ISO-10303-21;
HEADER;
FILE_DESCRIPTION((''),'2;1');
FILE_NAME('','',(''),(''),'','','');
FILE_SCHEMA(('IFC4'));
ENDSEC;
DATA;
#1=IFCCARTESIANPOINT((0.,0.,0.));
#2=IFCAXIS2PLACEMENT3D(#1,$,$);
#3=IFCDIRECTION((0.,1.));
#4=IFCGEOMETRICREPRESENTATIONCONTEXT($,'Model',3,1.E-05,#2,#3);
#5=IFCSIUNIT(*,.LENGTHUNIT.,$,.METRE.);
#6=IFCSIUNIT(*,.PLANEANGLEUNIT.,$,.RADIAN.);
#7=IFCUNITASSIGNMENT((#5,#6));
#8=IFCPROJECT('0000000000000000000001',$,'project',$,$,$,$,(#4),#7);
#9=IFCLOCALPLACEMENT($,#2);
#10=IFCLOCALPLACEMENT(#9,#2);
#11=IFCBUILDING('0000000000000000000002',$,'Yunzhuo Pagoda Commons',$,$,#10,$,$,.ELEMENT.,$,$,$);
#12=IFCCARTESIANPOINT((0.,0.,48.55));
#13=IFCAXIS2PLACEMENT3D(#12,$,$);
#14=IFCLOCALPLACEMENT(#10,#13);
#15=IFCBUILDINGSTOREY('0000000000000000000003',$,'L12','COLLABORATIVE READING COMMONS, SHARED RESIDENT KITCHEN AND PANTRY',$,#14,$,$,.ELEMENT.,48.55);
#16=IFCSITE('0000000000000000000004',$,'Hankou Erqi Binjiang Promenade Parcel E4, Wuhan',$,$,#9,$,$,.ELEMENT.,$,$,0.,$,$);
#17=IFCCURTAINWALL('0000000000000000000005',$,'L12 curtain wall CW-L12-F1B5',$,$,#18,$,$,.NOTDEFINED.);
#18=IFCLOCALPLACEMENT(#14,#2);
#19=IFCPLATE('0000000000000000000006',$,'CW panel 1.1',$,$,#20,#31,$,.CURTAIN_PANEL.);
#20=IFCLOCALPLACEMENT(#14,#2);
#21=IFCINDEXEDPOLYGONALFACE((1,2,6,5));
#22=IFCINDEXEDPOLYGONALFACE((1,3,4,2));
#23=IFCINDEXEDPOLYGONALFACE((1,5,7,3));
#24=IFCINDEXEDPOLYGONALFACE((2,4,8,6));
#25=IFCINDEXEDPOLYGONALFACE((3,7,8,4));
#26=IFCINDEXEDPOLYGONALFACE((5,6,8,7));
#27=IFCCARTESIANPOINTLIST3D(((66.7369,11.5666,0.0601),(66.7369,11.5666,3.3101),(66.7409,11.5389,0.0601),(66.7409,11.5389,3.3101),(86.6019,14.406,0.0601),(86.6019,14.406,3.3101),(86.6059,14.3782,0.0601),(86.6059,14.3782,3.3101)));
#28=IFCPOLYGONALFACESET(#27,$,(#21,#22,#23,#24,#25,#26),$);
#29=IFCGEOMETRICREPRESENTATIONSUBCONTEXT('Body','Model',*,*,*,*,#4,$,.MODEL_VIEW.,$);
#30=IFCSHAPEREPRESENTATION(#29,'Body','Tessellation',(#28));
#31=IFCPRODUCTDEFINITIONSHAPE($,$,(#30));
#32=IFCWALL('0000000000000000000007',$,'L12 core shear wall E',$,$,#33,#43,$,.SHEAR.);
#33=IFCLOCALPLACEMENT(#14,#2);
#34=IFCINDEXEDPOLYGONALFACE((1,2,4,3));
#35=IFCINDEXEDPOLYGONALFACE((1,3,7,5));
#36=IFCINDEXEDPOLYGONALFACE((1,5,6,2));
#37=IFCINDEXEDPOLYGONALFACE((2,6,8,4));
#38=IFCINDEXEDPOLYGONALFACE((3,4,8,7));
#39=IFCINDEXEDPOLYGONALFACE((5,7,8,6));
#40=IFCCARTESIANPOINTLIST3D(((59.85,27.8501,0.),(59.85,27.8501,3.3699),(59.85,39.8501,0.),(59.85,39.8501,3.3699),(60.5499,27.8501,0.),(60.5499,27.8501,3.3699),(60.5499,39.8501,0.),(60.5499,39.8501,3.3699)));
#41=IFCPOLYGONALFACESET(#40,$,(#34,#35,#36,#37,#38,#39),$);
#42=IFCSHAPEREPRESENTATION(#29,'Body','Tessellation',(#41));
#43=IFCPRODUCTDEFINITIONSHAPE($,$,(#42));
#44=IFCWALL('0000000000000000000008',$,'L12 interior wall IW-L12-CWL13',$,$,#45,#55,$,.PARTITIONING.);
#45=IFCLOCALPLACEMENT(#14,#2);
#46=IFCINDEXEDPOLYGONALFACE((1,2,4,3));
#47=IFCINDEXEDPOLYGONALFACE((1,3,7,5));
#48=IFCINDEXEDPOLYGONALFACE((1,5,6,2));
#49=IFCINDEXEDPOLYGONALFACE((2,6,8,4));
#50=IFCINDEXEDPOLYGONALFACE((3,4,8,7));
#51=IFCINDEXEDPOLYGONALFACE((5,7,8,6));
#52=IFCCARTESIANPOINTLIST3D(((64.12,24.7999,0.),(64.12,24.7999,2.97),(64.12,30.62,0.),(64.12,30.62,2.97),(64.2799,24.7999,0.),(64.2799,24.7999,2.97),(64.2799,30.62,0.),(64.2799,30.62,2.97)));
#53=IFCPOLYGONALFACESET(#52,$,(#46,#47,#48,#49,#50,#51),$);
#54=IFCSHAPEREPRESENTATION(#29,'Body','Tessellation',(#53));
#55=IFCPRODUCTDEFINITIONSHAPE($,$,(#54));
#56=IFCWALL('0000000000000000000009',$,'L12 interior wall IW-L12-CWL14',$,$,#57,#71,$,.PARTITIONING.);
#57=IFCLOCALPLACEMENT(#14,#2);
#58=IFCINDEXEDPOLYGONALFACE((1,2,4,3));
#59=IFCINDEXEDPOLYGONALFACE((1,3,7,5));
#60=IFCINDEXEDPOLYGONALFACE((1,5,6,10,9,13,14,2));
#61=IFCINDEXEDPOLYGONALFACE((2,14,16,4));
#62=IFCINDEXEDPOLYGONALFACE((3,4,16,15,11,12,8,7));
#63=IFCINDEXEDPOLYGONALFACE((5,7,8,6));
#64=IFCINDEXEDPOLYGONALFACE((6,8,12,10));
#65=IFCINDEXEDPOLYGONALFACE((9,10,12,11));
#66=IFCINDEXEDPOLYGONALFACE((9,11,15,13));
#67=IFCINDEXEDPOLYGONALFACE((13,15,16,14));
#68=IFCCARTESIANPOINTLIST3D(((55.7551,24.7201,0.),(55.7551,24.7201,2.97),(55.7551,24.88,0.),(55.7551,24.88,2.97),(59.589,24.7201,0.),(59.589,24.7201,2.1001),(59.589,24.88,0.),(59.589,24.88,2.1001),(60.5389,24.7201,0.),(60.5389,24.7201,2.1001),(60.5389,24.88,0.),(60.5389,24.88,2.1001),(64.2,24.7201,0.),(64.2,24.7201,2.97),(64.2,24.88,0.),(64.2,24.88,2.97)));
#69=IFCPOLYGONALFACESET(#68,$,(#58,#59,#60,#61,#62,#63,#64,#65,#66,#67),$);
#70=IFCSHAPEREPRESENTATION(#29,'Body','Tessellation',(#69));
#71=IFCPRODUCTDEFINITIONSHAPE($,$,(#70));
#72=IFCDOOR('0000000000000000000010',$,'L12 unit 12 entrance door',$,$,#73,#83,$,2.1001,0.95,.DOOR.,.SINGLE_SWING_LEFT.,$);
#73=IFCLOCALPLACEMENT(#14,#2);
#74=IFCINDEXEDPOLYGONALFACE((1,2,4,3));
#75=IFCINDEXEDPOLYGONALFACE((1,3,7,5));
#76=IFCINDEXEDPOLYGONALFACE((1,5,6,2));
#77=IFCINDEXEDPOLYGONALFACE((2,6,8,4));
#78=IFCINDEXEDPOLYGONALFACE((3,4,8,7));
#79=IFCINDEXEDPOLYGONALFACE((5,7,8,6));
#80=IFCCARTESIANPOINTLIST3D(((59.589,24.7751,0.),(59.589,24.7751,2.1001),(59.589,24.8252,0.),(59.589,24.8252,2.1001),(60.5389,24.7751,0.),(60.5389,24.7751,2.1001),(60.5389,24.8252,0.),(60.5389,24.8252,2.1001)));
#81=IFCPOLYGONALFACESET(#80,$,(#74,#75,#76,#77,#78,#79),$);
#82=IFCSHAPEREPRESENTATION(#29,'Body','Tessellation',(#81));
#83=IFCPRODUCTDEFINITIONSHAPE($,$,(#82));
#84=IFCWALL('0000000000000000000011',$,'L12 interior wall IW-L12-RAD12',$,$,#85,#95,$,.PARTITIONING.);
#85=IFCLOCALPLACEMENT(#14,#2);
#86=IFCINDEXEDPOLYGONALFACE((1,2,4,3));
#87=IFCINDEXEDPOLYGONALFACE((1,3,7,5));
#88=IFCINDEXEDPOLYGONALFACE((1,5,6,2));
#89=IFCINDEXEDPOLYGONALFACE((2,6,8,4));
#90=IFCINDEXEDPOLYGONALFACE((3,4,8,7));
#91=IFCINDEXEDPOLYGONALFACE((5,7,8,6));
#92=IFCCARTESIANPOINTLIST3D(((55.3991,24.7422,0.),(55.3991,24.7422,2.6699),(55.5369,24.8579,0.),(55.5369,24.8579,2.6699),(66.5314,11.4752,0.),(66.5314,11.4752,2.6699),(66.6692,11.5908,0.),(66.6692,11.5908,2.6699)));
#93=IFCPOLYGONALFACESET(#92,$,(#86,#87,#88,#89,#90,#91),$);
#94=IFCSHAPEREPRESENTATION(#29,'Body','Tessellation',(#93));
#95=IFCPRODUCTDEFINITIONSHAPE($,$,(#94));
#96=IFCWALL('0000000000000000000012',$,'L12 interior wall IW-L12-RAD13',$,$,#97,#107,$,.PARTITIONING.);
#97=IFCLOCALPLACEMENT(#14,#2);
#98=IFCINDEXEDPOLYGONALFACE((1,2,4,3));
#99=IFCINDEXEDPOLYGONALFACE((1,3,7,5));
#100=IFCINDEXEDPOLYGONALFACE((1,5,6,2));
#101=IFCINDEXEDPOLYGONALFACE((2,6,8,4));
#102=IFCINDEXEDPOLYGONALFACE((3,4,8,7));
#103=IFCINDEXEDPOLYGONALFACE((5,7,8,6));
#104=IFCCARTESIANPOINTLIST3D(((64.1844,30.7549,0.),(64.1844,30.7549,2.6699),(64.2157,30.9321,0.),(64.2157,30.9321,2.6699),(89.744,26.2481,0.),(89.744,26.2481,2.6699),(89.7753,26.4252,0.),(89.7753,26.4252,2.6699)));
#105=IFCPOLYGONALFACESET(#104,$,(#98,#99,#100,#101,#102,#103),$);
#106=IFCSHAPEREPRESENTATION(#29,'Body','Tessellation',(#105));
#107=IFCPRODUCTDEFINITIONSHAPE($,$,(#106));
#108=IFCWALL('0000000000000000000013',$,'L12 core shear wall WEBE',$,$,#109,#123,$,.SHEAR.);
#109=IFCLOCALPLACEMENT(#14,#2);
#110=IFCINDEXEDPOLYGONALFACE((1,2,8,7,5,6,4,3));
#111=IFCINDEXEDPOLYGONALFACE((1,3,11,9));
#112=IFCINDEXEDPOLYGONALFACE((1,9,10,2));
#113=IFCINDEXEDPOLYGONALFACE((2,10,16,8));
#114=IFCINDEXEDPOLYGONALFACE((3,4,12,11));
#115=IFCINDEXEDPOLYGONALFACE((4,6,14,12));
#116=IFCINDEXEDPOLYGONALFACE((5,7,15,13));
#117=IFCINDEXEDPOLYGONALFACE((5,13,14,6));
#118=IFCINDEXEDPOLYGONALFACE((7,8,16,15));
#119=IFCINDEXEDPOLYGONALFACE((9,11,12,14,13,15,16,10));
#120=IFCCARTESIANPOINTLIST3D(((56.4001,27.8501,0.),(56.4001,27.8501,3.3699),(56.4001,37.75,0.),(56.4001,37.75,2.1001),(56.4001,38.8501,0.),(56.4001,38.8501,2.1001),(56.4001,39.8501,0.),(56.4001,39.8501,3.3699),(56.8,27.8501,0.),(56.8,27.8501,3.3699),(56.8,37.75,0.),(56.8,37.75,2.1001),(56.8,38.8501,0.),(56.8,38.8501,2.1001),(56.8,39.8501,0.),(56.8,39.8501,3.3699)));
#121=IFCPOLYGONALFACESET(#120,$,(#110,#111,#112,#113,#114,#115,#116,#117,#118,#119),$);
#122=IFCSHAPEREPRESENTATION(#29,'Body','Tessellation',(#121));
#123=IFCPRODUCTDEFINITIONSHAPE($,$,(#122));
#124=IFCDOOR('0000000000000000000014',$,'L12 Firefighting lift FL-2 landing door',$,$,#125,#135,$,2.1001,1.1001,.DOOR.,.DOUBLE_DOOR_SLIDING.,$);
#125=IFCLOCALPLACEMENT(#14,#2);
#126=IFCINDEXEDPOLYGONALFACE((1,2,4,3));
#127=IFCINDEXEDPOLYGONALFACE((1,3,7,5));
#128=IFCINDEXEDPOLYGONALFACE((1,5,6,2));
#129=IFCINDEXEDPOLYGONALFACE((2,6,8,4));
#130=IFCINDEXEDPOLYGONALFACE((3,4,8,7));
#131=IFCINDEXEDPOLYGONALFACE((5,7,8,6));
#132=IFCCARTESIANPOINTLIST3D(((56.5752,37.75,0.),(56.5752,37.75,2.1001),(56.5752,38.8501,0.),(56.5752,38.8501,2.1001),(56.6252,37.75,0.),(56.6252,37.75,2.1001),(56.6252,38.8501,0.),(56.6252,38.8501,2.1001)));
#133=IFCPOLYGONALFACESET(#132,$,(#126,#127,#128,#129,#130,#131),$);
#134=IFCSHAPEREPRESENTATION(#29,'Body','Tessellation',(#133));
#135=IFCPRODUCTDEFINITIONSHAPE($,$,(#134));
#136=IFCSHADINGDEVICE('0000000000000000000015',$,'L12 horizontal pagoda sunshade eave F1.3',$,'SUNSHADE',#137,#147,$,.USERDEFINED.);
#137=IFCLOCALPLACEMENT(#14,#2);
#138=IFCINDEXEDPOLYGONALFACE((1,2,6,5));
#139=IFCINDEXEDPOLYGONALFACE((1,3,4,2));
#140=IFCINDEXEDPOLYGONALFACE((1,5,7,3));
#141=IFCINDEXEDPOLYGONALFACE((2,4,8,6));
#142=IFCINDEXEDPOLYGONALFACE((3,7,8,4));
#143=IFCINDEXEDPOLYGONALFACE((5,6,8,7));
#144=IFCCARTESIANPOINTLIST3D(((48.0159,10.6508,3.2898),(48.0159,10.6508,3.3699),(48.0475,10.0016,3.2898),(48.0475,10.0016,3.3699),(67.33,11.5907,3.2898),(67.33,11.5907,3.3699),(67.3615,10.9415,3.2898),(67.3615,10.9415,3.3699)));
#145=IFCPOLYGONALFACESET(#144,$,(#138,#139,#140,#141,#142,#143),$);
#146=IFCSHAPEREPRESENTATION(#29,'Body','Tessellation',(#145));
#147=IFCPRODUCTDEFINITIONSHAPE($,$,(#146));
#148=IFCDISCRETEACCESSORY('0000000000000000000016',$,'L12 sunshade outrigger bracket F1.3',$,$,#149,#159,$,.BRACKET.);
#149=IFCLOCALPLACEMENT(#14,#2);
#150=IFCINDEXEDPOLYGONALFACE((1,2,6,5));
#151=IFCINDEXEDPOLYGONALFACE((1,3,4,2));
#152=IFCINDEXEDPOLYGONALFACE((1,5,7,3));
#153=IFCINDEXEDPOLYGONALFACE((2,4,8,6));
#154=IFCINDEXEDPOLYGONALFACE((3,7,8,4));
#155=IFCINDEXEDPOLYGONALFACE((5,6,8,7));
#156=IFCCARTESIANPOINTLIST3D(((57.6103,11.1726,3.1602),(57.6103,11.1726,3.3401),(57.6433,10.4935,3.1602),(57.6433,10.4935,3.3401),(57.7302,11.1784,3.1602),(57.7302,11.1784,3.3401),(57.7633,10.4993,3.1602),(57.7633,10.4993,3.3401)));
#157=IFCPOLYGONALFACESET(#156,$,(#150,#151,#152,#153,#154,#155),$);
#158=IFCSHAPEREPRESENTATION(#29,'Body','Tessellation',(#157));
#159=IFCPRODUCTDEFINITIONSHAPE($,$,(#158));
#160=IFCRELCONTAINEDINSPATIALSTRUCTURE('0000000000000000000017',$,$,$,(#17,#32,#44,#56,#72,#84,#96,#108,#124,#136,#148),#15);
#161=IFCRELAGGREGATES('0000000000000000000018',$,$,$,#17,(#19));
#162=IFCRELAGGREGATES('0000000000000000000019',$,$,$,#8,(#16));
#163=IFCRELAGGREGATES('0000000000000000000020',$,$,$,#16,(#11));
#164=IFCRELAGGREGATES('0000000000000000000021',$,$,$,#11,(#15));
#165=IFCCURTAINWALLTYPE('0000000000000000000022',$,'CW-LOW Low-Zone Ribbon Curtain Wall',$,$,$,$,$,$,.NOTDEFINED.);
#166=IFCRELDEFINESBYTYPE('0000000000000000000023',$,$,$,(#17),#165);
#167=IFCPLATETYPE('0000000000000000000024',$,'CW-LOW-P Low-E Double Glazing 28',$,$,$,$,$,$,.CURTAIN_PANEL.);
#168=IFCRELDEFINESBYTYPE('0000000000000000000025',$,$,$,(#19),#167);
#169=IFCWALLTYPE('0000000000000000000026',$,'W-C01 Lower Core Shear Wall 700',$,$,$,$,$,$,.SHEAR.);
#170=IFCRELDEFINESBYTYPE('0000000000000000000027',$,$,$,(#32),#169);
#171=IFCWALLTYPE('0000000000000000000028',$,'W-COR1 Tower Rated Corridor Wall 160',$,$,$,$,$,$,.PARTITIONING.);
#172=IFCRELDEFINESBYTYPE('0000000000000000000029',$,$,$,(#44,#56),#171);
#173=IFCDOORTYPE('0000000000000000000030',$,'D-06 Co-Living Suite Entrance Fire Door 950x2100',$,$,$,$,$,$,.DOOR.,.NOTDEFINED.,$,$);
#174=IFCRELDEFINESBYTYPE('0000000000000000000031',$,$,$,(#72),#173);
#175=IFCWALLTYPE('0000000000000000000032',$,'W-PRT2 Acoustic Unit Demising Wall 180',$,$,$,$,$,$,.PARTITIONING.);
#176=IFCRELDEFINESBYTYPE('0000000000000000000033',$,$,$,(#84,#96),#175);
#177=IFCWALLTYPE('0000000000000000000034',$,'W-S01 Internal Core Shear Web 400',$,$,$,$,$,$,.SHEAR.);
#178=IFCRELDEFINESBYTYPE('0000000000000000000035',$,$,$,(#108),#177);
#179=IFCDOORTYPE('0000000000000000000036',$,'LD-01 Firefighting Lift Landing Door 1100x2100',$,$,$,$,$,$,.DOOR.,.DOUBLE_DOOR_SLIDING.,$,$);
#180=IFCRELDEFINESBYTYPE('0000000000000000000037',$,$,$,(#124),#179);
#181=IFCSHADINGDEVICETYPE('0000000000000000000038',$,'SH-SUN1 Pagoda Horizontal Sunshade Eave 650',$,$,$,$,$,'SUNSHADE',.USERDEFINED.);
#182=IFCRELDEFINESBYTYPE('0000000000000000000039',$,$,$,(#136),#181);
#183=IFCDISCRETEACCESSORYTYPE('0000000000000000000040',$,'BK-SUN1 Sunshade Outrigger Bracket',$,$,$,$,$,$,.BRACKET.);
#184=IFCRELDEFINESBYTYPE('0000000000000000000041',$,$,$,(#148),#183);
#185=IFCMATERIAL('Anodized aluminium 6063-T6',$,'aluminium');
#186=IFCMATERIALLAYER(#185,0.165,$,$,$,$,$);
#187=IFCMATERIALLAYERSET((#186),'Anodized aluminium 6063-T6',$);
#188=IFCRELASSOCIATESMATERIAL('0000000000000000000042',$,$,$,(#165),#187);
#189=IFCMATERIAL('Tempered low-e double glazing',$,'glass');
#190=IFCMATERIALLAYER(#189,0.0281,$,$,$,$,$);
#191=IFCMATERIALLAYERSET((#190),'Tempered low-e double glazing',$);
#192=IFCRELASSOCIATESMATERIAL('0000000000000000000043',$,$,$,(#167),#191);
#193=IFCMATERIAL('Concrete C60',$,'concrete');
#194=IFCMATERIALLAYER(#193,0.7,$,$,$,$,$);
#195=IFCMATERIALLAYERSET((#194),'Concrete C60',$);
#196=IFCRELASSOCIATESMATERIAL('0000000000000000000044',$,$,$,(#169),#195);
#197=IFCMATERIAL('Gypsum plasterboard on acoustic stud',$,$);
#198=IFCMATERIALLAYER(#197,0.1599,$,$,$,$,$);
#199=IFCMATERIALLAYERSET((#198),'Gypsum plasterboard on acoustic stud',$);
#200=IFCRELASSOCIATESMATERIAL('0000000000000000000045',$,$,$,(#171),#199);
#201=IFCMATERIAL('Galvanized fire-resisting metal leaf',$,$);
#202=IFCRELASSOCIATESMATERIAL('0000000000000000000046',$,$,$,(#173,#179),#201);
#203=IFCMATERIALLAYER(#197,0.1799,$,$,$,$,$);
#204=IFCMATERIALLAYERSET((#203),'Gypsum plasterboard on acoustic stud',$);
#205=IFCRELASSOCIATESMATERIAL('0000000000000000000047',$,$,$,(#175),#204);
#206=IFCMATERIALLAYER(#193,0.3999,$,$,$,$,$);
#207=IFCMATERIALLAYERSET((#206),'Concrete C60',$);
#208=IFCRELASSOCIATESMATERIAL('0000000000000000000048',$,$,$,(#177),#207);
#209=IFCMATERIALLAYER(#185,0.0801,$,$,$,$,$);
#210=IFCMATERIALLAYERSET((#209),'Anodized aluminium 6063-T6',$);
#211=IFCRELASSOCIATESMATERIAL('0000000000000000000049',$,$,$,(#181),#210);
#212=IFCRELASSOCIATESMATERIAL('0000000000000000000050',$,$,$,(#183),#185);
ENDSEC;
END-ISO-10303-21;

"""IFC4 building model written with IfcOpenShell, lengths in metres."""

from ifc_helpers import new_model, si_unit, direction, frame, frame_2d, origin, origin_with_axes, origin_2d, place, context, subcontext, project, spatial, rectangle, extrude, source, transform, mapped, material, layer, layer_set, type_object, element, fill, aggregate, save


model = new_model("IFC4")

# Units and contexts
model_context = context("Model", 3, precision=1e-05, world=origin(), true_north=direction((0.0, 1.0)))
body_context = subcontext(model_context, "Body", "Model", "MODEL_VIEW")
ifc_project = project(units=[si_unit("LENGTHUNIT", "METRE"), si_unit("PLANEANGLEUNIT", "RADIAN")], contexts=[model_context])

# Site, building, storey
site_placement = place(None, origin())
site = spatial("IfcSite", under=ifc_project, at=site_placement, Name="Hankou Erqi Binjiang Promenade Parcel E4, Wuhan", CompositionType="ELEMENT", RefElevation=0.0)
building_placement = place(site_placement, origin())
building = spatial("IfcBuilding", under=site, at=building_placement, Name="Yunzhuo Pagoda Commons", CompositionType="ELEMENT")
storey_placement = place(building_placement, frame((0.0, 0.0, 48.55)))
storey = spatial("IfcBuildingStorey", under=building, at=storey_placement, Name="L12", Description="COLLABORATIVE READING COMMONS, SHARED RESIDENT KITCHEN AND PANTRY", CompositionType="ELEMENT", Elevation=48.55)

# Shared definitions
ifc_material_1 = material(Name="Anodized aluminium 6063-T6", Category="aluminium")
ifc_layer_1 = layer(ifc_material_1, 0.165)
ifc_layer_set_1 = layer_set([ifc_layer_1], Name="Anodized aluminium 6063-T6")
curtain_wall_type = type_object("IfcCurtainWallType", Name="CW-LOW Low-Zone Ribbon Curtain Wall", PredefinedType="NOTDEFINED", material=ifc_layer_set_1)

# Curtain wall
curtain_wall_1_placement = place(storey_placement, origin())
curtain_wall_1 = element("IfcCurtainWall", 1, at=curtain_wall_1_placement, inside=storey, type_object=curtain_wall_type, Name="L12 curtain wall CW-L12-F1B5", PredefinedType="NOTDEFINED")

# Shared definitions
ifc_material_2 = material(Name="Tempered low-e double glazing", Category="glass")
ifc_layer_2 = layer(ifc_material_2, 0.0281)
ifc_layer_set_2 = layer_set([ifc_layer_2], Name="Tempered low-e double glazing")
plate_type_1 = type_object("IfcPlateType", Name="CW-LOW-P Low-E Double Glazing 28", PredefinedType="CURTAIN_PANEL", material=ifc_layer_set_2)

# Plate
shared_shape_1 = source(origin(), body_context, "Body", "SweptSolid", [
    extrude(rectangle(XDim=20.0669, YDim=0.0281, at=origin_2d()), origin(), (0.0, 0.0, 1.0), 3.25),
])
plate_1_placement = place(storey_placement, frame((76.6714, 12.9724, 0.0601), z_axis=(0.0, 0.0, 1.0), x_axis=(0.989939, 0.141493, 0.0)))
plate_1 = element("IfcPlate", 2, at=plate_1_placement, type_object=plate_type_1, Name="CW panel 1.1", PredefinedType="CURTAIN_PANEL", context=body_context, shape_type="MappedRepresentation", body=[
    mapped(shared_shape_1, transform((0.0, 0.0, 0.0), scale=1.0)),
])
aggregate(curtain_wall_1, [plate_1])

# Walls
ifc_material_3 = material(Name="Concrete C60", Category="concrete")
ifc_layer_3 = layer(ifc_material_3, 0.7)
ifc_layer_set_3 = layer_set([ifc_layer_3], Name="Concrete C60")
wall_type_1 = type_object("IfcWallType", Name="W-C01 Lower Core Shear Wall 700", PredefinedType="SHEAR", material=ifc_layer_set_3)
wall_1_placement = place(storey_placement, frame((60.2, 27.8501, 0.0), z_axis=(0.0, 0.0, 1.0), x_axis=(0.0, 1.0, 0.0)))
element("IfcWall", 3, at=wall_1_placement, inside=storey, type_object=wall_type_1, Name="L12 core shear wall E", PredefinedType="SHEAR", context=body_context, shape_type="SweptSolid", body=[
    extrude(rectangle(XDim=12.0, YDim=0.7, at=frame_2d((6.0, 0.0))), origin(), (0.0, 0.0, 1.0), 3.3699),
])
ifc_material_4 = material(Name="Gypsum plasterboard on acoustic stud")
ifc_layer_4 = layer(ifc_material_4, 0.1599)
ifc_layer_set_4 = layer_set([ifc_layer_4], Name="Gypsum plasterboard on acoustic stud")
wall_type_2 = type_object("IfcWallType", Name="W-COR1 Tower Rated Corridor Wall 160", PredefinedType="PARTITIONING", material=ifc_layer_set_4)
wall_2_placement = place(storey_placement, frame((64.2, 30.6201, 0.0), z_axis=(0.0, 0.0, 1.0), x_axis=(0.0, -1.0, 0.0)))
element("IfcWall", 4, at=wall_2_placement, inside=storey, type_object=wall_type_2, Name="L12 interior wall IW-L12-CWL13", PredefinedType="PARTITIONING", context=body_context, shape_type="SweptSolid", body=[
    extrude(rectangle(XDim=5.8201, YDim=0.1599, at=frame_2d((2.9102, 0.0))), origin(), (0.0, 0.0, 1.0), 2.97),
])

# Wall, opening, door
wall_3_placement = place(storey_placement, frame((64.2, 24.8, 0.0), z_axis=(0.0, 0.0, 1.0), x_axis=(-1.0, 0.0, 0.0)))
wall_3 = element("IfcWall", 5, at=wall_3_placement, inside=storey, type_object=wall_type_2, Name="L12 interior wall IW-L12-CWL14", PredefinedType="PARTITIONING", context=body_context, shape_type="SweptSolid", body=[
    extrude(rectangle(XDim=8.4448, YDim=0.1599, at=frame_2d((4.2224, 0.0))), origin(), (0.0, 0.0, 1.0), 2.97),
])
opening_1_placement = place(wall_3_placement, frame((3.6609, 0.0, 0.0)))
opening_1 = element("IfcOpeningElement", 6, at=opening_1_placement, cuts=wall_3, PredefinedType="OPENING", context=body_context, shape_type="SweptSolid", body=[
    extrude(rectangle(XDim=0.95, YDim=2.1001, at=frame_2d((0.4751, 1.05))), frame((0.0, 0.0898, 0.0), z_axis=(0.0, -1.0, 0.0), x_axis=(1.0, 0.0, 0.0)), (0.0, 0.0, 1.0), 0.1799),
])
ifc_material_5 = material(Name="Galvanized fire-resisting metal leaf")
door_type_1 = type_object("IfcDoorType", Name="D-06 Co-Living Suite Entrance Fire Door 950x2100", OperationType="NOTDEFINED", PredefinedType="DOOR", material=ifc_material_5)
shared_shape_2 = source(origin(), body_context, "Body", "SweptSolid", [
    extrude(rectangle(XDim=0.95, YDim=2.1001, at=frame_2d((0.4751, 1.05))), frame((0.0, 0.0249, 0.0), z_axis=(0.0, -1.0, 0.0), x_axis=(1.0, 0.0, 0.0)), (0.0, 0.0, 1.0), 0.05),
])
door_1_placement = place(opening_1_placement, origin_with_axes())
door_1 = element("IfcDoor", 7, at=door_1_placement, inside=storey, type_object=door_type_1, Name="L12 unit 12 entrance door", OperationType="SINGLE_SWING_LEFT", OverallHeight=2.1001, OverallWidth=0.95, PredefinedType="DOOR", context=body_context, shape_type="MappedRepresentation", body=[
    mapped(shared_shape_2, transform((0.0, 0.0, 0.0), scale=1.0)),
])
fill(opening_1, door_1)

# Walls
ifc_layer_5 = layer(ifc_material_4, 0.1799)
ifc_layer_set_5 = layer_set([ifc_layer_5], Name="Gypsum plasterboard on acoustic stud")
wall_type_3 = type_object("IfcWallType", Name="W-PRT2 Acoustic Unit Demising Wall 180", PredefinedType="PARTITIONING", material=ifc_layer_set_5)
wall_4_placement = place(storey_placement, frame((55.468, 24.8, 0.0), z_axis=(0.0, 0.0, 1.0), x_axis=(0.642785, -0.766047, 0.0)))
element("IfcWall", 8, at=wall_4_placement, inside=storey, type_object=wall_type_3, Name="L12 interior wall IW-L12-RAD12", PredefinedType="PARTITIONING", context=body_context, shape_type="SweptSolid", body=[
    extrude(rectangle(XDim=17.3188, YDim=0.1799, at=frame_2d((8.6594, 0.0))), origin(), (0.0, 0.0, 1.0), 2.6699),
])
wall_5_placement = place(storey_placement, frame((64.2, 30.8435, 0.0), z_axis=(0.0, 0.0, 1.0), x_axis=(0.984808, -0.173648, 0.0)))
element("IfcWall", 9, at=wall_5_placement, inside=storey, type_object=wall_type_3, Name="L12 interior wall IW-L12-RAD13", PredefinedType="PARTITIONING", context=body_context, shape_type="SweptSolid", body=[
    extrude(rectangle(XDim=25.9539, YDim=0.1799, at=frame_2d((12.9771, 0.0))), origin(), (0.0, 0.0, 1.0), 2.6699),
])

# Wall, opening, door
ifc_layer_6 = layer(ifc_material_3, 0.3999)
ifc_layer_set_6 = layer_set([ifc_layer_6], Name="Concrete C60")
wall_type_4 = type_object("IfcWallType", Name="W-S01 Internal Core Shear Web 400", PredefinedType="SHEAR", material=ifc_layer_set_6)
wall_6_placement = place(storey_placement, frame((56.6001, 27.8501, 0.0), z_axis=(0.0, 0.0, 1.0), x_axis=(0.0, 1.0, 0.0)))
wall_6 = element("IfcWall", 10, at=wall_6_placement, inside=storey, type_object=wall_type_4, Name="L12 core shear wall WEBE", PredefinedType="SHEAR", context=body_context, shape_type="SweptSolid", body=[
    extrude(rectangle(XDim=12.0, YDim=0.3999, at=frame_2d((6.0, 0.0))), origin(), (0.0, 0.0, 1.0), 3.3699),
])
opening_2_placement = place(wall_6_placement, frame((9.8999, 0.0, 0.0)))
opening_2 = element("IfcOpeningElement", 11, at=opening_2_placement, cuts=wall_6, PredefinedType="OPENING", context=body_context, shape_type="SweptSolid", body=[
    extrude(rectangle(XDim=1.1001, YDim=2.1001, at=frame_2d((0.55, 1.05))), frame((0.0, 0.21, 0.0), z_axis=(0.0, -1.0, 0.0), x_axis=(1.0, 0.0, 0.0)), (0.0, 0.0, 1.0), 0.4199),
])
door_type_2 = type_object("IfcDoorType", Name="LD-01 Firefighting Lift Landing Door 1100x2100", OperationType="DOUBLE_DOOR_SLIDING", PredefinedType="DOOR", material=ifc_material_5)
shared_shape_3 = source(origin(), body_context, "Body", "SweptSolid", [
    extrude(rectangle(XDim=1.1001, YDim=2.1001, at=frame_2d((0.55, 1.05))), frame((0.0, 0.0249, 0.0), z_axis=(0.0, -1.0, 0.0), x_axis=(1.0, 0.0, 0.0)), (0.0, 0.0, 1.0), 0.05),
])
door_2_placement = place(opening_2_placement, origin_with_axes())
door_2 = element("IfcDoor", 12, at=door_2_placement, inside=storey, type_object=door_type_2, Name="L12 Firefighting lift FL-2 landing door", OperationType="DOUBLE_DOOR_SLIDING", OverallHeight=2.1001, OverallWidth=1.1001, PredefinedType="DOOR", context=body_context, shape_type="MappedRepresentation", body=[
    mapped(shared_shape_3, transform((0.0, 0.0, 0.0), scale=1.0)),
])
fill(opening_2, door_2)

# Shading device
ifc_layer_7 = layer(ifc_material_1, 0.0801)
ifc_layer_set_7 = layer_set([ifc_layer_7], Name="Anodized aluminium 6063-T6")
shading_device_type = type_object("IfcShadingDeviceType", Name="SH-SUN1 Pagoda Horizontal Sunshade Eave 650", ElementType="SUNSHADE", PredefinedType="USERDEFINED", material=ifc_layer_set_7)
shared_shape_4 = source(origin(), body_context, "Body", "SweptSolid", [
    extrude(rectangle(XDim=19.3369, YDim=0.6499, at=origin_2d()), origin(), (0.0, 0.0, 1.0), 0.0801),
])
shading_device_placement = place(storey_placement, frame((57.6887, 10.7961, 3.2898), z_axis=(0.0, 0.0, 1.0), x_axis=(0.998818, 0.048606, 0.0)))
element("IfcShadingDevice", 13, at=shading_device_placement, inside=storey, type_object=shading_device_type, Name="L12 horizontal pagoda sunshade eave F1.3", ObjectType="SUNSHADE", PredefinedType="USERDEFINED", context=body_context, shape_type="MappedRepresentation", body=[
    mapped(shared_shape_4, transform((0.0, 0.0, 0.0), scale=1.0)),
])

# Discrete accessory
discrete_accessory_type = type_object("IfcDiscreteAccessoryType", Name="BK-SUN1 Sunshade Outrigger Bracket", PredefinedType="BRACKET", material=ifc_material_1)
shared_shape_5 = source(origin(), body_context, "Body", "SweptSolid", [
    extrude(rectangle(XDim=0.1201, YDim=0.6799, at=origin_2d()), origin(), (0.0, 0.0, 1.0), 0.1799),
])
discrete_accessory_placement = place(storey_placement, frame((57.6868, 10.8359, 3.1602), z_axis=(0.0, 0.0, 1.0), x_axis=(0.998818, 0.048606, 0.0)))
element("IfcDiscreteAccessory", 14, at=discrete_accessory_placement, inside=storey, type_object=discrete_accessory_type, Name="L12 sunshade outrigger bracket F1.3", PredefinedType="BRACKET", context=body_context, shape_type="MappedRepresentation", body=[
    mapped(shared_shape_5, transform((0.0, 0.0, 0.0), scale=1.0)),
])

save(model, "model.ifc")
